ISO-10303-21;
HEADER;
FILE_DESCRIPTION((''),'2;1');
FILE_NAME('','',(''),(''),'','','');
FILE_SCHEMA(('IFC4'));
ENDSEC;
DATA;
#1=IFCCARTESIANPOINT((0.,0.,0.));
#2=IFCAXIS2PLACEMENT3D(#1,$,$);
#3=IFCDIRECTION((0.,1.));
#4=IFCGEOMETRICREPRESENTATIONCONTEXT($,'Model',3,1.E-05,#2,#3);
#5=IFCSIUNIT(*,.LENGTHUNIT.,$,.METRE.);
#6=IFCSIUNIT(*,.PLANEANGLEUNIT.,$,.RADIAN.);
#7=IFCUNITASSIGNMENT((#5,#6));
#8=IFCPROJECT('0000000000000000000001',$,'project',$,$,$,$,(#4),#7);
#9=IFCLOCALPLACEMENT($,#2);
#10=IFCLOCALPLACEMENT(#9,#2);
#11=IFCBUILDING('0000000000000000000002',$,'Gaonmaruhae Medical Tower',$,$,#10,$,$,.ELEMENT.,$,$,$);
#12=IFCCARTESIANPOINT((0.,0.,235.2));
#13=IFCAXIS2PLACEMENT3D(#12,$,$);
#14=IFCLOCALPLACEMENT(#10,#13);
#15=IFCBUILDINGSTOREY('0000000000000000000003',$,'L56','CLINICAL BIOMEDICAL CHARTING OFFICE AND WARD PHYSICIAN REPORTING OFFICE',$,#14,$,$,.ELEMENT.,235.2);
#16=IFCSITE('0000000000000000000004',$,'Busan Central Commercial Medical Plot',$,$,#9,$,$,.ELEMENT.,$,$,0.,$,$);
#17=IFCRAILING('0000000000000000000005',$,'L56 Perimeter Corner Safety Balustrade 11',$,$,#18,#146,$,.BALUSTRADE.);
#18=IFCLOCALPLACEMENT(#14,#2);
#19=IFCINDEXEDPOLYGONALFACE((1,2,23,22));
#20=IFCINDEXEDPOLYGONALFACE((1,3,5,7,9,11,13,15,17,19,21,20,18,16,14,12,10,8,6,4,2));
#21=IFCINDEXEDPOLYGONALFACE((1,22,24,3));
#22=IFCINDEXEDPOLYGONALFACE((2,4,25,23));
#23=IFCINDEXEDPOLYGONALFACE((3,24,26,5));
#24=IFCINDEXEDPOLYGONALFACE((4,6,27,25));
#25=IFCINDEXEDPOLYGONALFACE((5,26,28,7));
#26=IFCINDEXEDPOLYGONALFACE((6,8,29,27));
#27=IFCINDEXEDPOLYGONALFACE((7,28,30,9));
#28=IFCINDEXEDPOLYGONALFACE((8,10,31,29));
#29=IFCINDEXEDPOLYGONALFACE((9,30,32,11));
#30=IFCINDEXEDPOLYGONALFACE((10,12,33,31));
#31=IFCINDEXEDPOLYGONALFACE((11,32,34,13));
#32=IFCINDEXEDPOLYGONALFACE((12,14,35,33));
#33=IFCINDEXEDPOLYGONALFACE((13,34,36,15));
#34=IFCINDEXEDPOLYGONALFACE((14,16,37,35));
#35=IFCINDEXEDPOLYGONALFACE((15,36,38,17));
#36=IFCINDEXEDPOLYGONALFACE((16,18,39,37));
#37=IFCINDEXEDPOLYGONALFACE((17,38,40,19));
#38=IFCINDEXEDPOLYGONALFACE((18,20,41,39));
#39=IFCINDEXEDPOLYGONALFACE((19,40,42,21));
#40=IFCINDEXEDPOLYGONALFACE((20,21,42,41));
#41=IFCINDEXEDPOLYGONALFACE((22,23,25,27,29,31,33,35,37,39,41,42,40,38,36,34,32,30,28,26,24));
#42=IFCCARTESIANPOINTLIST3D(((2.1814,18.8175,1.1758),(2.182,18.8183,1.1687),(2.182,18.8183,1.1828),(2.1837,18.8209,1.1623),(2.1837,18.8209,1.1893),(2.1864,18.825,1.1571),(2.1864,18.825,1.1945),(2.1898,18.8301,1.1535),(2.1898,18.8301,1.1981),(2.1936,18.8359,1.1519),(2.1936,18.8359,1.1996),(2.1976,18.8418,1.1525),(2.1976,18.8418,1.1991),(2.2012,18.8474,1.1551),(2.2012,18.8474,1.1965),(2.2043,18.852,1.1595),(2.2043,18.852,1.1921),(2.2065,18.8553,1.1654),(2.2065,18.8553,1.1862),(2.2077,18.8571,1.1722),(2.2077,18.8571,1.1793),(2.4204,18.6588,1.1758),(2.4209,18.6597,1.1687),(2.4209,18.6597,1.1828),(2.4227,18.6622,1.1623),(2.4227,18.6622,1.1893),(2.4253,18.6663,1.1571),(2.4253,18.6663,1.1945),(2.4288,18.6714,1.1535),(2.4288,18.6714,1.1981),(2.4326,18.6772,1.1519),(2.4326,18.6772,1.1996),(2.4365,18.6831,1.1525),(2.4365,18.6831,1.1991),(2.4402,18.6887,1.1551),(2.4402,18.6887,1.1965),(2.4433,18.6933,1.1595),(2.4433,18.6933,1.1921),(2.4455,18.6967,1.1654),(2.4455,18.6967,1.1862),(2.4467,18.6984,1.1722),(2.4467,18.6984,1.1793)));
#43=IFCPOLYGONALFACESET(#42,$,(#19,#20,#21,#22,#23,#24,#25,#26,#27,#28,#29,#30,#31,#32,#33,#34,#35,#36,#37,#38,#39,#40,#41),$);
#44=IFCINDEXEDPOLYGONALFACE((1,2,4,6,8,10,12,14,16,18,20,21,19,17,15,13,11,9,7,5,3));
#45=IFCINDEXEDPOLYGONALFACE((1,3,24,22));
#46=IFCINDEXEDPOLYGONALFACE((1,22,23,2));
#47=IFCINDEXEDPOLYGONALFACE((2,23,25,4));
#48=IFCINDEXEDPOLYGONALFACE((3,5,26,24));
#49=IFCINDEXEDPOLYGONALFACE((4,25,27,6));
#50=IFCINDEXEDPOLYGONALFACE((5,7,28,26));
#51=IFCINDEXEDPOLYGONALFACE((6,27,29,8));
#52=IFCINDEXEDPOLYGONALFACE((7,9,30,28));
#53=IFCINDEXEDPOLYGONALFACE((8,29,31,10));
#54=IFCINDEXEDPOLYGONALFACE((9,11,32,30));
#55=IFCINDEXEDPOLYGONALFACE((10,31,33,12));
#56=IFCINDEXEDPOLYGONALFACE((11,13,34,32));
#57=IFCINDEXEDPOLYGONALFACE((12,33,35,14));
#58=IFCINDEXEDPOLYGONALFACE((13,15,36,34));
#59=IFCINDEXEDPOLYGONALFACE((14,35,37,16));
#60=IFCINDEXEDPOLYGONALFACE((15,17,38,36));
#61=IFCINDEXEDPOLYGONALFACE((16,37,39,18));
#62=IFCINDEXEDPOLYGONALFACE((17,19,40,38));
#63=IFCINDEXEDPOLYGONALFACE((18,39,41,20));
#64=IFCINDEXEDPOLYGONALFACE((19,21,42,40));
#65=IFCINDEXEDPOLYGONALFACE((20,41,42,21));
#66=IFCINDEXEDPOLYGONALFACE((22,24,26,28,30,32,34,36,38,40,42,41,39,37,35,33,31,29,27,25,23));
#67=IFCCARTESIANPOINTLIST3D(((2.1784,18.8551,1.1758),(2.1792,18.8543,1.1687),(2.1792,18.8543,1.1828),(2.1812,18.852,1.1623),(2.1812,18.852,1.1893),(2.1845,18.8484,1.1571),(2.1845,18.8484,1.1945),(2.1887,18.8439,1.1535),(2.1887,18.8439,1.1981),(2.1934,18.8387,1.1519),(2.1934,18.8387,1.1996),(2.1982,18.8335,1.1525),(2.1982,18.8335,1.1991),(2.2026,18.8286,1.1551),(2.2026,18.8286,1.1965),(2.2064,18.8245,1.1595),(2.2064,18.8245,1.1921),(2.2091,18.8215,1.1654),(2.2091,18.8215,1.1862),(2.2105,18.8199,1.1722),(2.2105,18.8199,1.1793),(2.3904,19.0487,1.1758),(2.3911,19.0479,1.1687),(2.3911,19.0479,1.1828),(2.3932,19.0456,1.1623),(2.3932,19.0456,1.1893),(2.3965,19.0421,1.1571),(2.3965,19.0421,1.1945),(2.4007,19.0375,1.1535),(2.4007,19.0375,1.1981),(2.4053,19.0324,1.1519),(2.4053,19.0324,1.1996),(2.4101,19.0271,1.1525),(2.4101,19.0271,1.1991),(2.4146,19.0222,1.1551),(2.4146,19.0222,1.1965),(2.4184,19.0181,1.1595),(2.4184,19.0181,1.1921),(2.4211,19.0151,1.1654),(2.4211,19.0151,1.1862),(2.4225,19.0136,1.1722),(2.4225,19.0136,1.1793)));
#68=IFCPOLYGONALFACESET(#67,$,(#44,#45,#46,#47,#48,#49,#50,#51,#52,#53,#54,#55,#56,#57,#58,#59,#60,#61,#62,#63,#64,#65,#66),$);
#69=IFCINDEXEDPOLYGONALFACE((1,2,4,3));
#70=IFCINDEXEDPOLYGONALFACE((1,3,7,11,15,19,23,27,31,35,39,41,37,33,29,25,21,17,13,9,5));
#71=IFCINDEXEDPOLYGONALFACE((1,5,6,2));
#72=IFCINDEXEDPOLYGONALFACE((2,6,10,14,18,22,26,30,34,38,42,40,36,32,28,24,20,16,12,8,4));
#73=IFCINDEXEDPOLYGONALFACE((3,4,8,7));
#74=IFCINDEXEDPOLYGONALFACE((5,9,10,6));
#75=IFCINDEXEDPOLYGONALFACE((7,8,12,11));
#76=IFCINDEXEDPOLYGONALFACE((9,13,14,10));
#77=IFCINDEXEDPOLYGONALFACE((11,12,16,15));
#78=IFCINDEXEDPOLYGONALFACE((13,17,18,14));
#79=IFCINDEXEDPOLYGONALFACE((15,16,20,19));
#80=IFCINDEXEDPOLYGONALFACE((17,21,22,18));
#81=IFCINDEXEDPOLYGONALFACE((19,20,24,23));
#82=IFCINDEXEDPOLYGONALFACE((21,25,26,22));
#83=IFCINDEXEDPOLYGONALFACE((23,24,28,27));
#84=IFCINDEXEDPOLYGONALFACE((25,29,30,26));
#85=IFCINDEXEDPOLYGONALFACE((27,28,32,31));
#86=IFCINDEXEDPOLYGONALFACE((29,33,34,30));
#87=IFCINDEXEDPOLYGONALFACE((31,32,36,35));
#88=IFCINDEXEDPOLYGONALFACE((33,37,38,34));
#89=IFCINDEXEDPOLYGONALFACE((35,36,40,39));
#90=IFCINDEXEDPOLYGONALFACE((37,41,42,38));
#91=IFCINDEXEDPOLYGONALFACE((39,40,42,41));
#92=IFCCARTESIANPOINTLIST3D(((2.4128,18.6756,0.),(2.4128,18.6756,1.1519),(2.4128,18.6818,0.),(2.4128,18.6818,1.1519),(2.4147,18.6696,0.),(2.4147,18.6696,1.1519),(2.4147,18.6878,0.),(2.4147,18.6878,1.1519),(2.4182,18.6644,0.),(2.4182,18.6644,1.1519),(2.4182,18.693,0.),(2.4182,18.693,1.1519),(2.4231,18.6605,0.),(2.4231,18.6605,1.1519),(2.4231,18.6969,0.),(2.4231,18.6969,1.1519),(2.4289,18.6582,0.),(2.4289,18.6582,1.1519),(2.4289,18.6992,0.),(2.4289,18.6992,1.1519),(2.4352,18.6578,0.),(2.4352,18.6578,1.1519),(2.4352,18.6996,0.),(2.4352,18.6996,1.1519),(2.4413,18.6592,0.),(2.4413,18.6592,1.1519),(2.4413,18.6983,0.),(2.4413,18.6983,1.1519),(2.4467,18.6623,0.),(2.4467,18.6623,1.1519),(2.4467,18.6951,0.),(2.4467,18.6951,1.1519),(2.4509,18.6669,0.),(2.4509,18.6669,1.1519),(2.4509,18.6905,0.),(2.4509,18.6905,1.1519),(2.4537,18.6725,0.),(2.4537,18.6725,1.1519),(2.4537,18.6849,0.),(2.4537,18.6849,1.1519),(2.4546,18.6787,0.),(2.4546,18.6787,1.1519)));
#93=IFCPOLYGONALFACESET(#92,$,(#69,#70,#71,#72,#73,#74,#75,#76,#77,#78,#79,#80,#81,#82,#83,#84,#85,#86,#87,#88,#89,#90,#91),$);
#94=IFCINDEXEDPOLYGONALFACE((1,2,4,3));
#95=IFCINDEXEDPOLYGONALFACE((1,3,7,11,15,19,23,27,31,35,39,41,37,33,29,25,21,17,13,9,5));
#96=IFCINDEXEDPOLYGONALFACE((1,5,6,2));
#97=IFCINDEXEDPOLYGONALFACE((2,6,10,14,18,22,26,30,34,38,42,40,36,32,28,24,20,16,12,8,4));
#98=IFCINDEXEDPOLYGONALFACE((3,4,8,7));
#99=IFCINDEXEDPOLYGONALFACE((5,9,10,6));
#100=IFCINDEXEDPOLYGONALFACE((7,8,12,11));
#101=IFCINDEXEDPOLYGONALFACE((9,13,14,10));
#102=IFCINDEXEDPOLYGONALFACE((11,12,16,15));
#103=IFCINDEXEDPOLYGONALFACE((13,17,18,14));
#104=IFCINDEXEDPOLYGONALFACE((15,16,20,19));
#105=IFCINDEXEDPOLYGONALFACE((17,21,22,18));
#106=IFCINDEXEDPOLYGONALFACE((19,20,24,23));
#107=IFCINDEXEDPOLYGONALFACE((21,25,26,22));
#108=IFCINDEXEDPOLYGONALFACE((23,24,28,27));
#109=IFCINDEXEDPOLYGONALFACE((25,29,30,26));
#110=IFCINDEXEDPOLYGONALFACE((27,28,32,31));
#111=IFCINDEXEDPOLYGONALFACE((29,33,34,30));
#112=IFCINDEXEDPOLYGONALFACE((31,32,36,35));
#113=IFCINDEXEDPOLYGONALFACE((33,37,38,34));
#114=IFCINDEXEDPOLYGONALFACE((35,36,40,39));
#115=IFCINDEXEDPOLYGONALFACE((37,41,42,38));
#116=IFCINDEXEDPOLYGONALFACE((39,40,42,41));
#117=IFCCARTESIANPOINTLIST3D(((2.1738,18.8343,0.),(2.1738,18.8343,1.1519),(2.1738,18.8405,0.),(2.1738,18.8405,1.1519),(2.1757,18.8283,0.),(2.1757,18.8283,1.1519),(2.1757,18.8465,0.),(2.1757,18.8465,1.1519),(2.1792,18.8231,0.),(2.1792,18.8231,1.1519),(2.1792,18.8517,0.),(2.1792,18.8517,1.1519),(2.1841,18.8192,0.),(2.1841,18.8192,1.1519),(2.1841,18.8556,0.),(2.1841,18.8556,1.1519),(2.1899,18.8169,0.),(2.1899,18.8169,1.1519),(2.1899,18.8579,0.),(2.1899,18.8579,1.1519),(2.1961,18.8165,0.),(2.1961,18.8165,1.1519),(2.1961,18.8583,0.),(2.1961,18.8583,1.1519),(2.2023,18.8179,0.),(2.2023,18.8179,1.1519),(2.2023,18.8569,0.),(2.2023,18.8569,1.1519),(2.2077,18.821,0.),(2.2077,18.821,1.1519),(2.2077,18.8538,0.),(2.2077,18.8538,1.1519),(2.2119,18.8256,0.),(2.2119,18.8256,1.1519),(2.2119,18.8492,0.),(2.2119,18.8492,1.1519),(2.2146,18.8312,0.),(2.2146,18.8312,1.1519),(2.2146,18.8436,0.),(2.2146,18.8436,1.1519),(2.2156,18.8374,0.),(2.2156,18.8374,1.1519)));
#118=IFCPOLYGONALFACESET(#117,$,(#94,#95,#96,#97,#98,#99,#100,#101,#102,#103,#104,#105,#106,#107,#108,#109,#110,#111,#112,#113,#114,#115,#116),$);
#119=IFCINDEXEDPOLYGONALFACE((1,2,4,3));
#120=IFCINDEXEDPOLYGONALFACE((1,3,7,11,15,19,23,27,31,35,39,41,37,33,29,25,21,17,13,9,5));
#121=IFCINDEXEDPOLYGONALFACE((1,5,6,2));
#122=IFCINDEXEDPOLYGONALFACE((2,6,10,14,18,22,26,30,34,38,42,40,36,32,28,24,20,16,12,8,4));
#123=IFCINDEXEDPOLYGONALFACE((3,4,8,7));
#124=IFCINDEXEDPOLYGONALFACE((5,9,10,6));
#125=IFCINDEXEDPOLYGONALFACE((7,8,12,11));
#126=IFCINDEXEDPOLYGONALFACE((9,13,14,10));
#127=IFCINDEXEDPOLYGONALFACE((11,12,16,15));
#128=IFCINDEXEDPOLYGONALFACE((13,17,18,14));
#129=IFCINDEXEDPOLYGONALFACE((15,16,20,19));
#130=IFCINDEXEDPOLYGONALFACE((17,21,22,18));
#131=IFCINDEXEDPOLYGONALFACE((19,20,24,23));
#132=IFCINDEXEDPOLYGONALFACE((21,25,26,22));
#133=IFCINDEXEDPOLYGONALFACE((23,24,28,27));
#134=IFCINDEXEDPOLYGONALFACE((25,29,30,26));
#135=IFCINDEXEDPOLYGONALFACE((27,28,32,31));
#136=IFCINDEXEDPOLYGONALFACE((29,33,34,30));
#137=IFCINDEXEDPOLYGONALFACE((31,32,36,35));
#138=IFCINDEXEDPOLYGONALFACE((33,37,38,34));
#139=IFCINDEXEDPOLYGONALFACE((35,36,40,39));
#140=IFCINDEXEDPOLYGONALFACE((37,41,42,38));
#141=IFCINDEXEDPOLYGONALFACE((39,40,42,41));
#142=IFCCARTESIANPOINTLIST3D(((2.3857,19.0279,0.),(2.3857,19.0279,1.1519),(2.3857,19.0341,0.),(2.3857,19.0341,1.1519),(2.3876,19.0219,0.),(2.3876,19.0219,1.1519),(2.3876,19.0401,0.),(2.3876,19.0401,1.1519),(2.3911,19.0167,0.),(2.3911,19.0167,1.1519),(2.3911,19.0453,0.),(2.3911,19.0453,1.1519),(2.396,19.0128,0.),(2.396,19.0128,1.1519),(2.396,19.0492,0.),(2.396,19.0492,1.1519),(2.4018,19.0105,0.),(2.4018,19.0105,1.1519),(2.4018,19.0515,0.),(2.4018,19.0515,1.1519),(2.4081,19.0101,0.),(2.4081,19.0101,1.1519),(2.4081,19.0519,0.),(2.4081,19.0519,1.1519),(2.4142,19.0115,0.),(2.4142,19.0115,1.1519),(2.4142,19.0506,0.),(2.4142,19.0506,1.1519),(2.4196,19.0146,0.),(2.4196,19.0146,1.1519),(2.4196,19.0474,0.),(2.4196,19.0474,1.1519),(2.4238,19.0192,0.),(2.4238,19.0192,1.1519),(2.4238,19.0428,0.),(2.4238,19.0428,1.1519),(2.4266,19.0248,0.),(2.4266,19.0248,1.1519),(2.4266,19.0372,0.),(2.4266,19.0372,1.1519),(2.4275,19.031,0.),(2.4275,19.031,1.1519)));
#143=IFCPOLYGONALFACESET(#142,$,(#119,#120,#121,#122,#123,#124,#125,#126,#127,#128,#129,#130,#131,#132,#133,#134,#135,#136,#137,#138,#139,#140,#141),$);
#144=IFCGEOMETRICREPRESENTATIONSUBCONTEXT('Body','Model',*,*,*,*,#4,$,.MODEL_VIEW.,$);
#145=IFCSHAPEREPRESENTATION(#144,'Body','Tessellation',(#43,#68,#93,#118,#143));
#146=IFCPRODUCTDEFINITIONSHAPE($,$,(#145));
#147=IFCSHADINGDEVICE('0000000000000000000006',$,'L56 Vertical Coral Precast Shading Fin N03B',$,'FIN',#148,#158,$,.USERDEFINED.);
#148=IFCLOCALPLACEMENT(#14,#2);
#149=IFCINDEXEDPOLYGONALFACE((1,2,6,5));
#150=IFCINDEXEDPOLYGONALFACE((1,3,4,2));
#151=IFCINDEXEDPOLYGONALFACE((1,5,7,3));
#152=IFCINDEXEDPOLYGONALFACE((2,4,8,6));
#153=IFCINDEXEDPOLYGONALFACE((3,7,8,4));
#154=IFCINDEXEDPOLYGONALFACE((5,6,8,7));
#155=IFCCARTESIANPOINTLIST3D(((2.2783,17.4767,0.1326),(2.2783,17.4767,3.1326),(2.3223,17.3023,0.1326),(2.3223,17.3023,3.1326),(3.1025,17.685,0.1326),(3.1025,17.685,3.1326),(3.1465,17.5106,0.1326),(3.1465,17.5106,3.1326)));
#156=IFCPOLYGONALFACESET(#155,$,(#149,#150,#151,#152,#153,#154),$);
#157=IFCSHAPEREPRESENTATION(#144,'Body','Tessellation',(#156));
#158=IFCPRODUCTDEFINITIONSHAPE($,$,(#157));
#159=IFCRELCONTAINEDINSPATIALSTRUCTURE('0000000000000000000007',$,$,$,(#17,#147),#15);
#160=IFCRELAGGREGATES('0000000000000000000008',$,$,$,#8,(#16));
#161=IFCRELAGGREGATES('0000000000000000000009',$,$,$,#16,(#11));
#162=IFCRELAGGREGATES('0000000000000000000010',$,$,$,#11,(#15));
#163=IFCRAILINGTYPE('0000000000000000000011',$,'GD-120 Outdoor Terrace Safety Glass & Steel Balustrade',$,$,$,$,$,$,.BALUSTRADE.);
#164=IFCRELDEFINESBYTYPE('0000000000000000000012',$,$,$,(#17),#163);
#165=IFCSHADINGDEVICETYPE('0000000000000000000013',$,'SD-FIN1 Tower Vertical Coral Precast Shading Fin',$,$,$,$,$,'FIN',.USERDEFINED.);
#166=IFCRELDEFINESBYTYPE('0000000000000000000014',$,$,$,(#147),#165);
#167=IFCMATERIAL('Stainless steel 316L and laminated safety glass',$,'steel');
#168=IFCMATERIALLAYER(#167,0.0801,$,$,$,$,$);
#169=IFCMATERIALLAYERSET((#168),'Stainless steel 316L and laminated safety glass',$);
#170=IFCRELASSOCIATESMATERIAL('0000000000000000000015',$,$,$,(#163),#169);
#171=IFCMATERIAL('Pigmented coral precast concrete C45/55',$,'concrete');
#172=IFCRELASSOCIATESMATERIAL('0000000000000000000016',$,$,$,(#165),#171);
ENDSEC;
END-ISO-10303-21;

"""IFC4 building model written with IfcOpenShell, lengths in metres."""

from ifc_helpers import new_model, si_unit, direction, frame, origin, origin_2d, place, context, subcontext, project, spatial, rectangle, circle, extrude, material, layer, layer_set, type_object, element, save


model = new_model("IFC4")

# Units and contexts
model_context = context("Model", 3, precision=1e-05, world=origin(), true_north=direction((0.0, 1.0)))
body_context = subcontext(model_context, "Body", "Model", "MODEL_VIEW")
ifc_project = project(units=[si_unit("LENGTHUNIT", "METRE"), si_unit("PLANEANGLEUNIT", "RADIAN")], contexts=[model_context])

# Site, building, storey
site_placement = place(None, origin())
site = spatial("IfcSite", under=ifc_project, at=site_placement, Name="Busan Central Commercial Medical Plot", CompositionType="ELEMENT", RefElevation=0.0)
building_placement = place(site_placement, origin())
building = spatial("IfcBuilding", under=site, at=building_placement, Name="Gaonmaruhae Medical Tower", CompositionType="ELEMENT")
storey_placement = place(building_placement, frame((0.0, 0.0, 235.2)))
storey = spatial("IfcBuildingStorey", under=building, at=storey_placement, Name="L56", Description="CLINICAL BIOMEDICAL CHARTING OFFICE AND WARD PHYSICIAN REPORTING OFFICE", CompositionType="ELEMENT", Elevation=235.2)

# Railing
ifc_material_1 = material(Name="Stainless steel 316L and laminated safety glass", Category="steel")
ifc_layer_1 = layer(ifc_material_1, 0.0801)
ifc_layer_set_1 = layer_set([ifc_layer_1], Name="Stainless steel 316L and laminated safety glass")
railing_type = type_object("IfcRailingType", Name="GD-120 Outdoor Terrace Safety Glass & Steel Balustrade", PredefinedType="BALUSTRADE", material=ifc_layer_set_1)
railing_1_placement = place(storey_placement, frame((2.4336, 18.6787, 0.0)))
element("IfcRailing", 1, at=railing_1_placement, inside=storey, type_object=railing_type, Name="L56 Perimeter Corner Safety Balustrade 11", PredefinedType="BALUSTRADE", context=body_context, shape_type="SweptSolid", body=[
    extrude(circle(Radius=0.0239, at=origin_2d()), frame((0.0, 0.0, 1.1758), z_axis=(-0.833096, 0.553128, 0.0), x_axis=(-0.553128, -0.833096, 0.0)), (0.0, 0.0, 1.0), 0.2869),
    extrude(circle(Radius=0.0239, at=origin_2d()), frame((-0.239, 0.1587, 1.1758), z_axis=(0.738283, 0.674491, 0.0), x_axis=(-0.674491, 0.738283, 0.0)), (0.0, 0.0, 1.0), 0.2871),
    extrude(circle(Radius=0.021, at=origin_2d()), origin(), (0.0, 0.0, 1.0), 1.1519),
    extrude(circle(Radius=0.021, at=origin_2d()), frame((-0.239, 0.1587, 0.0)), (0.0, 0.0, 1.0), 1.1519),
    extrude(circle(Radius=0.021, at=origin_2d()), frame((-0.0271, 0.3523, 0.0)), (0.0, 0.0, 1.0), 1.1519),
])

# Shading device
ifc_material_2 = material(Name="Pigmented coral precast concrete C45/55", Category="concrete")
shading_device_type = type_object("IfcShadingDeviceType", Name="SD-FIN1 Tower Vertical Coral Precast Shading Fin", ElementType="FIN", PredefinedType="USERDEFINED", material=ifc_material_2)
shading_device_placement = place(storey_placement, frame((2.7124, 17.4937, 0.1326), z_axis=(0.0, 0.0, 1.0), x_axis=(-0.245003, 0.969522, 0.0)))
element("IfcShadingDevice", 2, at=shading_device_placement, inside=storey, type_object=shading_device_type, Name="L56 Vertical Coral Precast Shading Fin N03B", ObjectType="FIN", PredefinedType="USERDEFINED", context=body_context, shape_type="SweptSolid", body=[
    extrude(rectangle(XDim=0.1799, YDim=0.8501, at=origin_2d()), origin(), (0.0, 0.0, 1.0), 3.0),
])

save(model, "model.ifc")
